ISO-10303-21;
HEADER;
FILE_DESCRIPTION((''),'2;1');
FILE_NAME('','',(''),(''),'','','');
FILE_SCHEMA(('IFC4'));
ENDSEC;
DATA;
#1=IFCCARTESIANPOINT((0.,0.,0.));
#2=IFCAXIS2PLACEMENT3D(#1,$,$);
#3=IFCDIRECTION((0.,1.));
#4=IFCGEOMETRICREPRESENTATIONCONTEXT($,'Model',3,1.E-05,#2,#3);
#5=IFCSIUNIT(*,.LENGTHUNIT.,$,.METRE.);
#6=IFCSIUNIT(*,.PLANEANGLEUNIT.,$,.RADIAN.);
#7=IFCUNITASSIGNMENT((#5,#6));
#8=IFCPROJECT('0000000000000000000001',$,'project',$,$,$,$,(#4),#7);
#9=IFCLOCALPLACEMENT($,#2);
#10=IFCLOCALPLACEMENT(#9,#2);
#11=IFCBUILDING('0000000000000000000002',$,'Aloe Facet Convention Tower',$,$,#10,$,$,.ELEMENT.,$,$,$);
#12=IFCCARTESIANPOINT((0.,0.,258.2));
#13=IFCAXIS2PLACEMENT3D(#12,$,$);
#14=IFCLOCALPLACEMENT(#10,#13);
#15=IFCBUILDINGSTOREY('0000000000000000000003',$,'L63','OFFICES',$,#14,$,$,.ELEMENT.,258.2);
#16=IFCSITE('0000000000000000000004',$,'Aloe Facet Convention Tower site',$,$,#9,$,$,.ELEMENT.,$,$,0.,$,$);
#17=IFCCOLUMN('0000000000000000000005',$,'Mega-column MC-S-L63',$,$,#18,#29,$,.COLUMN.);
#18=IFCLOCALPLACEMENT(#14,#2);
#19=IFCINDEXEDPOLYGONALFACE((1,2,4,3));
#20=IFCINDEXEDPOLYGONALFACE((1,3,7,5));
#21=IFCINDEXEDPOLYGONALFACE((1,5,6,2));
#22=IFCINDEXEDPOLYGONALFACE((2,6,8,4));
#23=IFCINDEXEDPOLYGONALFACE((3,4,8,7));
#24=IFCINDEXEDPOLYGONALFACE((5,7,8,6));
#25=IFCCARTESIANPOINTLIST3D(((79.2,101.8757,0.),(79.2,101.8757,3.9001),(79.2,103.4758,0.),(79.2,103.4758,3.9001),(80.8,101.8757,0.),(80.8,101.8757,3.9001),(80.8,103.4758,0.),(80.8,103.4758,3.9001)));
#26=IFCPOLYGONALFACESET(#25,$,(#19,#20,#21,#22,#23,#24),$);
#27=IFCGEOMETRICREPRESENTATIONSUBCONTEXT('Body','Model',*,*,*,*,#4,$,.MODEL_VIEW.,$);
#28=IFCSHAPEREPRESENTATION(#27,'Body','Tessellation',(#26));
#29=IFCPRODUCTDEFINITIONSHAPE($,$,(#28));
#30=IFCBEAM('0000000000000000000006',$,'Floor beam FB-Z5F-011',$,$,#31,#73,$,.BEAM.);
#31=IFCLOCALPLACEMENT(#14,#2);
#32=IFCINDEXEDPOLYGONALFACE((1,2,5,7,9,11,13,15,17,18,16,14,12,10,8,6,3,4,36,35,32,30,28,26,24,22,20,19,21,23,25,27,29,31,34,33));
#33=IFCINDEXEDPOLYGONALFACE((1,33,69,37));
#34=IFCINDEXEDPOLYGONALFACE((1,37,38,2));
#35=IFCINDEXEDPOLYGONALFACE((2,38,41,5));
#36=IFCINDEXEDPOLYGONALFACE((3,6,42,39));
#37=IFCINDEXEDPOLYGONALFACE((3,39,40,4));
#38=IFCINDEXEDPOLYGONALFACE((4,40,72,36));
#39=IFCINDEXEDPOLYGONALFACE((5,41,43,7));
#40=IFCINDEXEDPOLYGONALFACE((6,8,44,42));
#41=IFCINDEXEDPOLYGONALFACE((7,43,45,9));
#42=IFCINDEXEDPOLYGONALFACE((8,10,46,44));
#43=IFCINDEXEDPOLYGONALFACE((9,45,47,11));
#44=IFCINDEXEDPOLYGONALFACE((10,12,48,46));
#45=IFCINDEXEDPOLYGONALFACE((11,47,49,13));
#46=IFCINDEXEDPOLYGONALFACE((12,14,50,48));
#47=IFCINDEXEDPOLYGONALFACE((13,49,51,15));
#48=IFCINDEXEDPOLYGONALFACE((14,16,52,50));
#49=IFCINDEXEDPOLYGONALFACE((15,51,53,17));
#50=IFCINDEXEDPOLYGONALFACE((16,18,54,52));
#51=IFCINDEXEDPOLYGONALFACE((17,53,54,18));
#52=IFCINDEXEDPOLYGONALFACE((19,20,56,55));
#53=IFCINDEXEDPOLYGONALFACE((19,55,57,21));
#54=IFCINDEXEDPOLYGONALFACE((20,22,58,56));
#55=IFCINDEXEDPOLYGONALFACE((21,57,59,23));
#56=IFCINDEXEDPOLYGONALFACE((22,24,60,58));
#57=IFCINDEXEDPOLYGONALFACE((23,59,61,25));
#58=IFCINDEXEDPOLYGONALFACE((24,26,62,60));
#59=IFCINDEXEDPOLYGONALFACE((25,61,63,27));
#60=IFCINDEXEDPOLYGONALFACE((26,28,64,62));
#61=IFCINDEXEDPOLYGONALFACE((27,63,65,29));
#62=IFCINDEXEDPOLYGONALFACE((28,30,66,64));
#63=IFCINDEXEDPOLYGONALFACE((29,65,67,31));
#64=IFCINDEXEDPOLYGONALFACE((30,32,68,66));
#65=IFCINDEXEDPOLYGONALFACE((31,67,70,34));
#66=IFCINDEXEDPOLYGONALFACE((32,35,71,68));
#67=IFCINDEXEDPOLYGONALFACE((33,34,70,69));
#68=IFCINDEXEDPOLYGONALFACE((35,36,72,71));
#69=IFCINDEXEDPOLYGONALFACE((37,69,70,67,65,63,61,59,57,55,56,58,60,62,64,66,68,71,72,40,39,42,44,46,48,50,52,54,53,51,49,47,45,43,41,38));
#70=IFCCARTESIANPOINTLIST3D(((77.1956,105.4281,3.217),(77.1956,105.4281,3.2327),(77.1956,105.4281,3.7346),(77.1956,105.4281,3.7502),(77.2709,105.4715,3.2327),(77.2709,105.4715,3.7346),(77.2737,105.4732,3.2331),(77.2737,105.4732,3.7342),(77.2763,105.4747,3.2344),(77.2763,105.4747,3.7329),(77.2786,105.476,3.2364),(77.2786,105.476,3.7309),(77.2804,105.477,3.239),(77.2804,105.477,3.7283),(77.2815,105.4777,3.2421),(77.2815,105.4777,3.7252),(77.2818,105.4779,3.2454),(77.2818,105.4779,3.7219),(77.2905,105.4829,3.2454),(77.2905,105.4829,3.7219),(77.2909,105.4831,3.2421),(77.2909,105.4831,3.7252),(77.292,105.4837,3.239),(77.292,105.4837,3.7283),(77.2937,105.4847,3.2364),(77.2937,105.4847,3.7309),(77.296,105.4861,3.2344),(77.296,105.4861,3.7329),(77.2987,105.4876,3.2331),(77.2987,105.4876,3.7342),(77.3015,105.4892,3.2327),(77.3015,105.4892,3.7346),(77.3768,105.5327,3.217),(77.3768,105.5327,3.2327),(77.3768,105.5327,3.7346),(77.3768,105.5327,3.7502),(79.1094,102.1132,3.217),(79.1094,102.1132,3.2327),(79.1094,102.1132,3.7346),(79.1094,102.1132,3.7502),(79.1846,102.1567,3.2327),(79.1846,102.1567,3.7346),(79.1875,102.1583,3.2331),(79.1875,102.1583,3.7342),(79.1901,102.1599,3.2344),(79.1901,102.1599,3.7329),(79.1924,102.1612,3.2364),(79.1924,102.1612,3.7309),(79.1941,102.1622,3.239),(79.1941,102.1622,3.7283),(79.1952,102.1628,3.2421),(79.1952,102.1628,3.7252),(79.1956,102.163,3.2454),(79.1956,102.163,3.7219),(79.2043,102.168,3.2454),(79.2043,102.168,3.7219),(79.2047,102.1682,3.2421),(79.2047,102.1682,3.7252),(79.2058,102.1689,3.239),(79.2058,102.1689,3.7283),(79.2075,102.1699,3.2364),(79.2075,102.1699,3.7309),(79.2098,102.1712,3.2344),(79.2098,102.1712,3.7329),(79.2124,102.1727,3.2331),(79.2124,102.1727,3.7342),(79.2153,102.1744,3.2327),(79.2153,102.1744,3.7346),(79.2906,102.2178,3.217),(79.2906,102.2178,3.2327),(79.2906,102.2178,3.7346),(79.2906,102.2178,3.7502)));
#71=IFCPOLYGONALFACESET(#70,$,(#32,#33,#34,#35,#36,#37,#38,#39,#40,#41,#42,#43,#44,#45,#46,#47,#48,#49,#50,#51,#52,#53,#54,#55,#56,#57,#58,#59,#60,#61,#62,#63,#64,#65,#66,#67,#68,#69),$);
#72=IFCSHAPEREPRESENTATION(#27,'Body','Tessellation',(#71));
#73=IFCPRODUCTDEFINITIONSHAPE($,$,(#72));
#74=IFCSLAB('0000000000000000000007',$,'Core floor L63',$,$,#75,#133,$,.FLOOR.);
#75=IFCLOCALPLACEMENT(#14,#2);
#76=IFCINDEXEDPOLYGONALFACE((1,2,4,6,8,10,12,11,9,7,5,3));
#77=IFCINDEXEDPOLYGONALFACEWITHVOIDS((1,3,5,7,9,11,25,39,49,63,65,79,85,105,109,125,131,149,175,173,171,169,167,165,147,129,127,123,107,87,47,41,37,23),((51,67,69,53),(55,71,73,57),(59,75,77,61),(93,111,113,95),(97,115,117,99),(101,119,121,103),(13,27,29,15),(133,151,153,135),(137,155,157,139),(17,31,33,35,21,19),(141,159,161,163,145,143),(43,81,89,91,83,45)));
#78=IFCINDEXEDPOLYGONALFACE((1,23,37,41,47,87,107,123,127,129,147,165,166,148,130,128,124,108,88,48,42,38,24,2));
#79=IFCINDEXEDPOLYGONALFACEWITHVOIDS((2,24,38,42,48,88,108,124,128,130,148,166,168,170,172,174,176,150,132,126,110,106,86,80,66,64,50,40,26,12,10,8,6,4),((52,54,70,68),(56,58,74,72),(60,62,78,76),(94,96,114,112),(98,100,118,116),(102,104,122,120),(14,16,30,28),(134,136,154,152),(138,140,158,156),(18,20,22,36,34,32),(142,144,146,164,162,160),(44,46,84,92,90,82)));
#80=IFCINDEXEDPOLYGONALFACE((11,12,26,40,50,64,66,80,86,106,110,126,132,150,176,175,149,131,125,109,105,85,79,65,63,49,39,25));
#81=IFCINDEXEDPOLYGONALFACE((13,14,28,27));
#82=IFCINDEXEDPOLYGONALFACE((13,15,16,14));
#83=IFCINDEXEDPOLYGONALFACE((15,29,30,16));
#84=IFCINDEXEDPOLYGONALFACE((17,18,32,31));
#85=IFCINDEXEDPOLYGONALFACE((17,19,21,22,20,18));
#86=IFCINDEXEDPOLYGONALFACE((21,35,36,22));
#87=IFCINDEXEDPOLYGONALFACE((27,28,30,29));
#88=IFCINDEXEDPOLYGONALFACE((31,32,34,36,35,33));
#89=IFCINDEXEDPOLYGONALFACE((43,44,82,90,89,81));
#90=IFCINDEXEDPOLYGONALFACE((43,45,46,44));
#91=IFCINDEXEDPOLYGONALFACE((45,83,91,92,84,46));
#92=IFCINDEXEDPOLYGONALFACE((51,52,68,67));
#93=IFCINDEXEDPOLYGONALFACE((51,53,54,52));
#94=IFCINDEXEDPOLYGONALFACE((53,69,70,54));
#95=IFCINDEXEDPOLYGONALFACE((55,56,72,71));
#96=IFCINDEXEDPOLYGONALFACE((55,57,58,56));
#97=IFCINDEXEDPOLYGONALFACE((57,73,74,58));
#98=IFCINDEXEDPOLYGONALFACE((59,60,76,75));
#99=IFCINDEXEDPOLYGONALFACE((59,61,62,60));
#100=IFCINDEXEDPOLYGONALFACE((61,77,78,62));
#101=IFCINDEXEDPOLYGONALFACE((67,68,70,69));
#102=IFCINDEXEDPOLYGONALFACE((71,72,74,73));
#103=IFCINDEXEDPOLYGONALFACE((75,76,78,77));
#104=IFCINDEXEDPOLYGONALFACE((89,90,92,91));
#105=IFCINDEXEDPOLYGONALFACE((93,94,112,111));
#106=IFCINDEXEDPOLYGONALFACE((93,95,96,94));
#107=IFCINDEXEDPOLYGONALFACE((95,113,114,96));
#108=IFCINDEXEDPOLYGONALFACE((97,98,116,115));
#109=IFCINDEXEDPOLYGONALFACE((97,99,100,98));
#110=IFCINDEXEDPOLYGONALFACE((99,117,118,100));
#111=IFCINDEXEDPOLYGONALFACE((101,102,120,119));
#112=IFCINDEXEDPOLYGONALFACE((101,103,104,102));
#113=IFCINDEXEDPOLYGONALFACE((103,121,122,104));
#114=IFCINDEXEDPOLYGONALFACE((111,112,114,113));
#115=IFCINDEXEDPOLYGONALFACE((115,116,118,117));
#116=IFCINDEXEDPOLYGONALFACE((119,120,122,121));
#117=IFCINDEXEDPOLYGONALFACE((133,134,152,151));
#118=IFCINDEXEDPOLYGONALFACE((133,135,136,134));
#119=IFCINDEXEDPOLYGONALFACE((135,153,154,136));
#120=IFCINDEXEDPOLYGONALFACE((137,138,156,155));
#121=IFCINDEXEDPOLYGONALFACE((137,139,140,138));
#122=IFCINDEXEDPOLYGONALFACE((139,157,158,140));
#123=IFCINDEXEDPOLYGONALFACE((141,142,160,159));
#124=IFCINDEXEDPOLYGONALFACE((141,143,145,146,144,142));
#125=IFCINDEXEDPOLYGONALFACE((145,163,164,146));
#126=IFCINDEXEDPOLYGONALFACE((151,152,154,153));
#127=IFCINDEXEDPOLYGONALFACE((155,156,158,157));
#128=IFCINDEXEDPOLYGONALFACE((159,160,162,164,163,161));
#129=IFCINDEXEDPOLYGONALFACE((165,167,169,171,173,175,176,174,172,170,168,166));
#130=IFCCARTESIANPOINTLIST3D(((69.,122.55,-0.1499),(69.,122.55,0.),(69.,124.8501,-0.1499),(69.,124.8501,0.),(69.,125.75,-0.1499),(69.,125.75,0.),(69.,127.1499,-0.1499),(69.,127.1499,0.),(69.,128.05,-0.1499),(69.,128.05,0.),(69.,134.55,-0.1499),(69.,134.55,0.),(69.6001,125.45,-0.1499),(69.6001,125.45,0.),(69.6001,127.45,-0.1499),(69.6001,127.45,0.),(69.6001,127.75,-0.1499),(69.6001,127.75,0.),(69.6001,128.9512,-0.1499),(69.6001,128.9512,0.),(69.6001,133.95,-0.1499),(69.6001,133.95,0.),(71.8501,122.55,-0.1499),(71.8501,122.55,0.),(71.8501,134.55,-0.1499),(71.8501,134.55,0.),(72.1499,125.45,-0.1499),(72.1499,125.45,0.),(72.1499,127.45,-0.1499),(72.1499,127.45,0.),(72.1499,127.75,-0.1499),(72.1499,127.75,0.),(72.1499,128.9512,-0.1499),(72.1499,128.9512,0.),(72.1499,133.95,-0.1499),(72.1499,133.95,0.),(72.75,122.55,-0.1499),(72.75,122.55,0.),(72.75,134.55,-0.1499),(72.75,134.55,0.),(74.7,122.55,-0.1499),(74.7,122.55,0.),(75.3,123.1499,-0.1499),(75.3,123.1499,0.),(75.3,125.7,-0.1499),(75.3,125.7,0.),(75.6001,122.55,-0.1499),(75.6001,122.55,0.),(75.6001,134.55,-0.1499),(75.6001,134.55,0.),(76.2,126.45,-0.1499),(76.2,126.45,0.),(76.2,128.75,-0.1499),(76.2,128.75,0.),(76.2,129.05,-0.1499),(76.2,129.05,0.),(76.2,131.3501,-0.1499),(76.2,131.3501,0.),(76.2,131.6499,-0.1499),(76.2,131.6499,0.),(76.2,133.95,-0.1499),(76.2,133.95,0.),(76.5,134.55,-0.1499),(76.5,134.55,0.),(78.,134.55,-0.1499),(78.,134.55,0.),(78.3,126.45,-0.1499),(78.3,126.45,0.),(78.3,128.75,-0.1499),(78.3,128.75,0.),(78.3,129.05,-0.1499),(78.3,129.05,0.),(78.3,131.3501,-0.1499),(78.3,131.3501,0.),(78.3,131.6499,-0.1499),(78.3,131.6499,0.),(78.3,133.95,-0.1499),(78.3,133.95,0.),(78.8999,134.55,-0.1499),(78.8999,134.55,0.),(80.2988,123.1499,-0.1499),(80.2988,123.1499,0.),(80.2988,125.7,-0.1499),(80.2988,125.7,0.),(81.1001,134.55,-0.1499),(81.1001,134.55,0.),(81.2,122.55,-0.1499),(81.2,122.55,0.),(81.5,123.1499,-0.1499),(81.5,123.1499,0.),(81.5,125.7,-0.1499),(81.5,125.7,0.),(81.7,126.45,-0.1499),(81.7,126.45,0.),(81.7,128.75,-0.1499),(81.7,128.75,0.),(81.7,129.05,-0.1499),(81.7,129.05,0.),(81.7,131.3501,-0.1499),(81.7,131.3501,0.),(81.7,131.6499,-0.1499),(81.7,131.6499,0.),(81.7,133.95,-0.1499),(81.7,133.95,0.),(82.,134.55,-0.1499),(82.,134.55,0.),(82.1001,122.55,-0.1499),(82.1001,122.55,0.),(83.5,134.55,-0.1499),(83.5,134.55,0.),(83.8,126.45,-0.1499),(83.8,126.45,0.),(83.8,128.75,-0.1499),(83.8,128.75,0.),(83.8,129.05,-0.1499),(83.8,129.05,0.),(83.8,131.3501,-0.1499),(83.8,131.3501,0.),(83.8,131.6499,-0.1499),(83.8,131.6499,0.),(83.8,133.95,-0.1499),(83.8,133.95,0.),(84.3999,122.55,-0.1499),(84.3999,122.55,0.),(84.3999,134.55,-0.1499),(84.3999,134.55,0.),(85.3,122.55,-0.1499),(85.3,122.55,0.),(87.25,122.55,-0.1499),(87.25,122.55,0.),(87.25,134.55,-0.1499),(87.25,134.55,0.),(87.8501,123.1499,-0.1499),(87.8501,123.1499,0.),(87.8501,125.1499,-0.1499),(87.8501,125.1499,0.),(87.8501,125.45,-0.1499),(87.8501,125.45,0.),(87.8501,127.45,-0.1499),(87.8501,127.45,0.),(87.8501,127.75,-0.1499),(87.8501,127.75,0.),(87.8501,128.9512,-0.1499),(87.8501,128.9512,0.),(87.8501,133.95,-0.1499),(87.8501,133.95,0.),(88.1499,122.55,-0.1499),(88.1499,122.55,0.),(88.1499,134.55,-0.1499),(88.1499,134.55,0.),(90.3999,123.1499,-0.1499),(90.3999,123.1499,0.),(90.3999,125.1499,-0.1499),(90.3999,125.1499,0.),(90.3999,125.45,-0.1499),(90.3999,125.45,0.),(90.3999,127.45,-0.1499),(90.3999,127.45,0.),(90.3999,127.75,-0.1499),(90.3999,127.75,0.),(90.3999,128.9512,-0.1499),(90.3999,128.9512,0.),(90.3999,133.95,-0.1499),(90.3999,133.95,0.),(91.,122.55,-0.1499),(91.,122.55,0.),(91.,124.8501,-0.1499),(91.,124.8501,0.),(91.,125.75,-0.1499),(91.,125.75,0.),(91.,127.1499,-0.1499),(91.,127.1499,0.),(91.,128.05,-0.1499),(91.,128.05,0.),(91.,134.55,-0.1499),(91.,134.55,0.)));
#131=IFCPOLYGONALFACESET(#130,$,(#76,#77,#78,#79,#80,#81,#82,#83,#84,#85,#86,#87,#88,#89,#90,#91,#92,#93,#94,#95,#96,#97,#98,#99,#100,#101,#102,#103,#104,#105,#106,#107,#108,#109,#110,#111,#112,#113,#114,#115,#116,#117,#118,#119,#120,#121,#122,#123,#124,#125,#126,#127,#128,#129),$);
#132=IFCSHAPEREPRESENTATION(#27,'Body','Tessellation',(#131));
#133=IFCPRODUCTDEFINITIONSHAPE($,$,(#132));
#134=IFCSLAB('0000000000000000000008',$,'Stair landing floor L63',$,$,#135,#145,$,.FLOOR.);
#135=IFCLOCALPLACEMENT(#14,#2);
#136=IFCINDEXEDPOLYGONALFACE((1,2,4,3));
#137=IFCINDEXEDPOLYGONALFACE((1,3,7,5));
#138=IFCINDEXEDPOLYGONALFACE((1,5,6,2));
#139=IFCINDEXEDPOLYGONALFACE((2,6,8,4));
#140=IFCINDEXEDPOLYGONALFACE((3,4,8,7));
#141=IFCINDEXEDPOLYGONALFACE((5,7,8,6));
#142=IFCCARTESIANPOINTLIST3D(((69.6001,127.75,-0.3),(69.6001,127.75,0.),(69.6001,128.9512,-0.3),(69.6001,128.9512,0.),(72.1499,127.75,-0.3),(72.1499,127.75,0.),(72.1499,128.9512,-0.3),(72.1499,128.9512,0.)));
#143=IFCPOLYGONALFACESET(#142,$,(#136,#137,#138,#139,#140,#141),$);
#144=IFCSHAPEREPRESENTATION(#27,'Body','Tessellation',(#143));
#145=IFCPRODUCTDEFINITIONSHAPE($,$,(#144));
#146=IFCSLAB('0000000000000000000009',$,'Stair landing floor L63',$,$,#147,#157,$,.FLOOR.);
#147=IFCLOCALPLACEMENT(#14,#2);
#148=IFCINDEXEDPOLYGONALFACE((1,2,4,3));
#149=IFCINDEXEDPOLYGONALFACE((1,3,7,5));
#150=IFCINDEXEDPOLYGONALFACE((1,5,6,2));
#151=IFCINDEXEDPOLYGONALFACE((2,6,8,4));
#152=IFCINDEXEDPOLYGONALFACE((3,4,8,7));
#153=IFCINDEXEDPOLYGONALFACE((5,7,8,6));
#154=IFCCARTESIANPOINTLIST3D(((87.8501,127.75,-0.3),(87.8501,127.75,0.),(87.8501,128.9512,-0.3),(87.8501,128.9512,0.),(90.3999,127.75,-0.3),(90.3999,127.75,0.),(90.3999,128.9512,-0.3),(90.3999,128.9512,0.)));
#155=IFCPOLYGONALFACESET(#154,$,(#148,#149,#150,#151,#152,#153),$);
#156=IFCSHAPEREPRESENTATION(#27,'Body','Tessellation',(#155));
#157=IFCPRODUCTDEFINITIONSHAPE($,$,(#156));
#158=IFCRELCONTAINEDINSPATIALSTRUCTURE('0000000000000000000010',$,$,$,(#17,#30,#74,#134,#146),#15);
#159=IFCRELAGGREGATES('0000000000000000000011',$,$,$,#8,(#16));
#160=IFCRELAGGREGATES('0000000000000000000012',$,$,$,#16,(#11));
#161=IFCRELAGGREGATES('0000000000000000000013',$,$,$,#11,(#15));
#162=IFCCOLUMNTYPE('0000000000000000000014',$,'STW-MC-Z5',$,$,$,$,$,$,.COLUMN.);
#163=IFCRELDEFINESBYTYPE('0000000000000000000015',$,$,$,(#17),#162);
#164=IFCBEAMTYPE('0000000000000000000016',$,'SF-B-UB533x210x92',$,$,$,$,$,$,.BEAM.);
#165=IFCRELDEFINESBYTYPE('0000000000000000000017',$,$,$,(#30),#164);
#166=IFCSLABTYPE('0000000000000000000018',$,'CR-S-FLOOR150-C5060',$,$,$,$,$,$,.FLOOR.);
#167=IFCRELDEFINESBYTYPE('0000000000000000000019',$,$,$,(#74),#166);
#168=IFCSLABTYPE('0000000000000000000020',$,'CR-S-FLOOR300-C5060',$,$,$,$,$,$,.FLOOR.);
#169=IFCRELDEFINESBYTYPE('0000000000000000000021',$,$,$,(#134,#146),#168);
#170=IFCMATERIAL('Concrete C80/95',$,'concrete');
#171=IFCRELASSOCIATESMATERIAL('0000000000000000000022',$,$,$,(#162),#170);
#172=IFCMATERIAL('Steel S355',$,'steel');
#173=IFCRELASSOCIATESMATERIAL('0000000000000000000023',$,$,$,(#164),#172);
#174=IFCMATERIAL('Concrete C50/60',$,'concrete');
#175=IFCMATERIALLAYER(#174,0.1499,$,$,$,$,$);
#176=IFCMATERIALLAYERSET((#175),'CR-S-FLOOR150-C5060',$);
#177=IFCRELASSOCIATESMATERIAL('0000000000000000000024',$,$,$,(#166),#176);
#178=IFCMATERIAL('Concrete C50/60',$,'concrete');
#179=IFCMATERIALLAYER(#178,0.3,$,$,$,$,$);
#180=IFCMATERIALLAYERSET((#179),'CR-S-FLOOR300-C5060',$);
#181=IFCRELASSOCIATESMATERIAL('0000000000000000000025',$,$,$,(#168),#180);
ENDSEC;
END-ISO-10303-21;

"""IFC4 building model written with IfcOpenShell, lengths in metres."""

from ifc_helpers import new_model, si_unit, direction, frame, origin, origin_2d, place, context, subcontext, project, spatial, polyline, rectangle, i_section, outline, extrude, material, layer, layer_set, material_profile, profile_set, type_object, element, save


model = new_model("IFC4")

# Units and contexts
model_context = context("Model", 3, precision=1e-05, world=origin(), true_north=direction((0.0, 1.0)))
body_context = subcontext(model_context, "Body", "Model", "MODEL_VIEW")
ifc_project = project(units=[si_unit("LENGTHUNIT", "METRE"), si_unit("PLANEANGLEUNIT", "RADIAN")], contexts=[model_context])

# Site, building, storey
site_placement = place(None, origin())
site = spatial("IfcSite", under=ifc_project, at=site_placement, Name="Aloe Facet Convention Tower site", CompositionType="ELEMENT", RefElevation=0.0)
building_placement = place(site_placement, origin())
building = spatial("IfcBuilding", under=site, at=building_placement, Name="Aloe Facet Convention Tower", CompositionType="ELEMENT")
storey_placement = place(building_placement, frame((0.0, 0.0, 258.2)))
storey = spatial("IfcBuildingStorey", under=building, at=storey_placement, Name="L63", Description="OFFICES", CompositionType="ELEMENT", Elevation=258.2)

# Column
ifc_material_1 = material(Name="Concrete C80/95", Category="concrete")
ifc_material_profile_1 = material_profile(ifc_material_1, rectangle(XDim=1.6001, YDim=1.6001, at=origin_2d()), Name="STW-MC-Z5")
ifc_profile_set_1 = profile_set([ifc_material_profile_1], Name="Concrete C80/95")
column_type = type_object("IfcColumnType", Name="STW-MC-Z5", PredefinedType="COLUMN", material=ifc_profile_set_1)
column_placement = place(storey_placement, frame((80.0, 102.6758, 0.0), z_axis=(0.0, 0.0, 1.0), x_axis=(1.0, 0.0, 0.0)))
element("IfcColumn", 1, at=column_placement, inside=storey, type_object=column_type, Name="Mega-column MC-S-L63", PredefinedType="COLUMN", context=body_context, shape_type="SweptSolid", body=[
    extrude(rectangle(XDim=1.6001, YDim=1.6001, at=origin_2d()), origin(), (0.0, 0.0, 1.0), 3.9001),
])

# Beam
ifc_material_2 = material(Name="Steel S355", Category="steel")
ifc_material_profile_2 = material_profile(ifc_material_2, i_section(OverallWidth=0.2092, OverallDepth=0.5332, WebThickness=0.01, FlangeThickness=0.0156, FilletRadius=0.0127, at=origin_2d()), Name="UB 533x210x92")
ifc_profile_set_2 = profile_set([ifc_material_profile_2], Name="Steel S355")
beam_type = type_object("IfcBeamType", Name="SF-B-UB533x210x92", PredefinedType="BEAM", material=ifc_profile_set_2)
beam_placement = place(storey_placement, frame((79.2, 102.1655, 3.4836), z_axis=(-0.499987, 0.866033, 0.0), x_axis=(-0.866033, -0.499987, 0.0)))
element("IfcBeam", 2, at=beam_placement, inside=storey, type_object=beam_type, Name="Floor beam FB-Z5F-011", PredefinedType="BEAM", context=body_context, shape_type="SweptSolid", body=[
    extrude(i_section(OverallWidth=0.2092, OverallDepth=0.5332, WebThickness=0.01, FlangeThickness=0.0156, FilletRadius=0.0127, at=origin_2d()), origin(), (0.0, 0.0, 1.0), 3.8276),
])

# Slabs
ifc_material_3 = material(Name="Concrete C50/60", Category="concrete")
ifc_layer_1 = layer(ifc_material_3, 0.1499)
ifc_layer_set_1 = layer_set([ifc_layer_1], Name="CR-S-FLOOR150-C5060")
slab_type_1 = type_object("IfcSlabType", Name="CR-S-FLOOR150-C5060", PredefinedType="FLOOR", material=ifc_layer_set_1)
slab_1_placement = place(storey_placement, frame((0.0, 0.0, -0.1499)))
element("IfcSlab", 3, at=slab_1_placement, inside=storey, type_object=slab_type_1, Name="Core floor L63", PredefinedType="FLOOR", context=body_context, shape_type="SweptSolid", body=[
    extrude(outline(polyline([(71.8501, 134.55), (72.75, 134.55), (75.6001, 134.55), (76.5, 134.55), (78.0, 134.55), (78.8999, 134.55), (81.1001, 134.55), (82.0, 134.55), (83.5, 134.55), (84.3999, 134.55), (87.25, 134.55), (88.1499, 134.55), (91.0, 134.55), (91.0, 128.05), (91.0, 127.1499), (91.0, 125.75), (91.0, 124.8501), (91.0, 122.55), (88.1499, 122.55), (87.25, 122.55), (85.3, 122.55), (84.3999, 122.55), (82.1001, 122.55), (81.2, 122.55), (75.6001, 122.55), (74.7, 122.55), (72.75, 122.55), (71.8501, 122.55), (69.0, 122.55), (69.0, 124.8501), (69.0, 125.75), (69.0, 127.1499), (69.0, 128.05), (69.0, 134.55), (71.8501, 134.55)]), holes=[polyline([(80.2988, 123.1499), (81.5, 123.1499), (81.5, 125.7), (80.2988, 125.7), (75.3, 125.7), (75.3, 123.1499), (80.2988, 123.1499)]), polyline([(69.6001, 125.45), (72.1499, 125.45), (72.1499, 127.45), (69.6001, 127.45), (69.6001, 125.45)]), polyline([(76.2, 126.45), (78.3, 126.45), (78.3, 128.75), (76.2, 128.75), (76.2, 126.45)]), polyline([(78.3, 129.05), (78.3, 131.3501), (76.2, 131.3501), (76.2, 129.05), (78.3, 129.05)]), polyline([(69.6001, 133.95), (69.6001, 128.9512), (69.6001, 127.75), (72.1499, 127.75), (72.1499, 128.9512), (72.1499, 133.95), (69.6001, 133.95)]), polyline([(76.2, 131.6499), (78.3, 131.6499), (78.3, 133.95), (76.2, 133.95), (76.2, 131.6499)]), polyline([(90.3999, 123.1499), (90.3999, 125.1499), (87.8501, 125.1499), (87.8501, 123.1499), (90.3999, 123.1499)]), polyline([(87.8501, 125.45), (90.3999, 125.45), (90.3999, 127.45), (87.8501, 127.45), (87.8501, 125.45)]), polyline([(81.7, 126.45), (83.8, 126.45), (83.8, 128.75), (81.7, 128.75), (81.7, 126.45)]), polyline([(83.8, 129.05), (83.8, 131.3501), (81.7, 131.3501), (81.7, 129.05), (83.8, 129.05)]), polyline([(87.8501, 133.95), (87.8501, 128.9512), (87.8501, 127.75), (90.3999, 127.75), (90.3999, 128.9512), (90.3999, 133.95), (87.8501, 133.95)]), polyline([(81.7, 131.6499), (83.8, 131.6499), (83.8, 133.95), (81.7, 133.95), (81.7, 131.6499)])]), origin(), (0.0, 0.0, 1.0), 0.1499),
])
ifc_material_4 = material(Name="Concrete C50/60", Category="concrete")
ifc_layer_2 = layer(ifc_material_4, 0.3)
ifc_layer_set_2 = layer_set([ifc_layer_2], Name="CR-S-FLOOR300-C5060")
slab_type_2 = type_object("IfcSlabType", Name="CR-S-FLOOR300-C5060", PredefinedType="FLOOR", material=ifc_layer_set_2)
slab_2_placement = place(storey_placement, frame((0.0, 0.0, -0.3)))
element("IfcSlab", 4, at=slab_2_placement, inside=storey, type_object=slab_type_2, Name="Stair landing floor L63", PredefinedType="FLOOR", context=body_context, shape_type="SweptSolid", body=[
    extrude(outline(polyline([(72.1499, 127.75), (72.1499, 128.9512), (69.6001, 128.9512), (69.6001, 127.75), (72.1499, 127.75)])), origin(), (0.0, 0.0, 1.0), 0.3),
])
slab_3_placement = place(storey_placement, frame((0.0, 0.0, -0.3)))
element("IfcSlab", 5, at=slab_3_placement, inside=storey, type_object=slab_type_2, Name="Stair landing floor L63", PredefinedType="FLOOR", context=body_context, shape_type="SweptSolid", body=[
    extrude(outline(polyline([(90.3999, 127.75), (90.3999, 128.9512), (87.8501, 128.9512), (87.8501, 127.75), (90.3999, 127.75)])), origin(), (0.0, 0.0, 1.0), 0.3),
])

save(model, "model.ifc")
